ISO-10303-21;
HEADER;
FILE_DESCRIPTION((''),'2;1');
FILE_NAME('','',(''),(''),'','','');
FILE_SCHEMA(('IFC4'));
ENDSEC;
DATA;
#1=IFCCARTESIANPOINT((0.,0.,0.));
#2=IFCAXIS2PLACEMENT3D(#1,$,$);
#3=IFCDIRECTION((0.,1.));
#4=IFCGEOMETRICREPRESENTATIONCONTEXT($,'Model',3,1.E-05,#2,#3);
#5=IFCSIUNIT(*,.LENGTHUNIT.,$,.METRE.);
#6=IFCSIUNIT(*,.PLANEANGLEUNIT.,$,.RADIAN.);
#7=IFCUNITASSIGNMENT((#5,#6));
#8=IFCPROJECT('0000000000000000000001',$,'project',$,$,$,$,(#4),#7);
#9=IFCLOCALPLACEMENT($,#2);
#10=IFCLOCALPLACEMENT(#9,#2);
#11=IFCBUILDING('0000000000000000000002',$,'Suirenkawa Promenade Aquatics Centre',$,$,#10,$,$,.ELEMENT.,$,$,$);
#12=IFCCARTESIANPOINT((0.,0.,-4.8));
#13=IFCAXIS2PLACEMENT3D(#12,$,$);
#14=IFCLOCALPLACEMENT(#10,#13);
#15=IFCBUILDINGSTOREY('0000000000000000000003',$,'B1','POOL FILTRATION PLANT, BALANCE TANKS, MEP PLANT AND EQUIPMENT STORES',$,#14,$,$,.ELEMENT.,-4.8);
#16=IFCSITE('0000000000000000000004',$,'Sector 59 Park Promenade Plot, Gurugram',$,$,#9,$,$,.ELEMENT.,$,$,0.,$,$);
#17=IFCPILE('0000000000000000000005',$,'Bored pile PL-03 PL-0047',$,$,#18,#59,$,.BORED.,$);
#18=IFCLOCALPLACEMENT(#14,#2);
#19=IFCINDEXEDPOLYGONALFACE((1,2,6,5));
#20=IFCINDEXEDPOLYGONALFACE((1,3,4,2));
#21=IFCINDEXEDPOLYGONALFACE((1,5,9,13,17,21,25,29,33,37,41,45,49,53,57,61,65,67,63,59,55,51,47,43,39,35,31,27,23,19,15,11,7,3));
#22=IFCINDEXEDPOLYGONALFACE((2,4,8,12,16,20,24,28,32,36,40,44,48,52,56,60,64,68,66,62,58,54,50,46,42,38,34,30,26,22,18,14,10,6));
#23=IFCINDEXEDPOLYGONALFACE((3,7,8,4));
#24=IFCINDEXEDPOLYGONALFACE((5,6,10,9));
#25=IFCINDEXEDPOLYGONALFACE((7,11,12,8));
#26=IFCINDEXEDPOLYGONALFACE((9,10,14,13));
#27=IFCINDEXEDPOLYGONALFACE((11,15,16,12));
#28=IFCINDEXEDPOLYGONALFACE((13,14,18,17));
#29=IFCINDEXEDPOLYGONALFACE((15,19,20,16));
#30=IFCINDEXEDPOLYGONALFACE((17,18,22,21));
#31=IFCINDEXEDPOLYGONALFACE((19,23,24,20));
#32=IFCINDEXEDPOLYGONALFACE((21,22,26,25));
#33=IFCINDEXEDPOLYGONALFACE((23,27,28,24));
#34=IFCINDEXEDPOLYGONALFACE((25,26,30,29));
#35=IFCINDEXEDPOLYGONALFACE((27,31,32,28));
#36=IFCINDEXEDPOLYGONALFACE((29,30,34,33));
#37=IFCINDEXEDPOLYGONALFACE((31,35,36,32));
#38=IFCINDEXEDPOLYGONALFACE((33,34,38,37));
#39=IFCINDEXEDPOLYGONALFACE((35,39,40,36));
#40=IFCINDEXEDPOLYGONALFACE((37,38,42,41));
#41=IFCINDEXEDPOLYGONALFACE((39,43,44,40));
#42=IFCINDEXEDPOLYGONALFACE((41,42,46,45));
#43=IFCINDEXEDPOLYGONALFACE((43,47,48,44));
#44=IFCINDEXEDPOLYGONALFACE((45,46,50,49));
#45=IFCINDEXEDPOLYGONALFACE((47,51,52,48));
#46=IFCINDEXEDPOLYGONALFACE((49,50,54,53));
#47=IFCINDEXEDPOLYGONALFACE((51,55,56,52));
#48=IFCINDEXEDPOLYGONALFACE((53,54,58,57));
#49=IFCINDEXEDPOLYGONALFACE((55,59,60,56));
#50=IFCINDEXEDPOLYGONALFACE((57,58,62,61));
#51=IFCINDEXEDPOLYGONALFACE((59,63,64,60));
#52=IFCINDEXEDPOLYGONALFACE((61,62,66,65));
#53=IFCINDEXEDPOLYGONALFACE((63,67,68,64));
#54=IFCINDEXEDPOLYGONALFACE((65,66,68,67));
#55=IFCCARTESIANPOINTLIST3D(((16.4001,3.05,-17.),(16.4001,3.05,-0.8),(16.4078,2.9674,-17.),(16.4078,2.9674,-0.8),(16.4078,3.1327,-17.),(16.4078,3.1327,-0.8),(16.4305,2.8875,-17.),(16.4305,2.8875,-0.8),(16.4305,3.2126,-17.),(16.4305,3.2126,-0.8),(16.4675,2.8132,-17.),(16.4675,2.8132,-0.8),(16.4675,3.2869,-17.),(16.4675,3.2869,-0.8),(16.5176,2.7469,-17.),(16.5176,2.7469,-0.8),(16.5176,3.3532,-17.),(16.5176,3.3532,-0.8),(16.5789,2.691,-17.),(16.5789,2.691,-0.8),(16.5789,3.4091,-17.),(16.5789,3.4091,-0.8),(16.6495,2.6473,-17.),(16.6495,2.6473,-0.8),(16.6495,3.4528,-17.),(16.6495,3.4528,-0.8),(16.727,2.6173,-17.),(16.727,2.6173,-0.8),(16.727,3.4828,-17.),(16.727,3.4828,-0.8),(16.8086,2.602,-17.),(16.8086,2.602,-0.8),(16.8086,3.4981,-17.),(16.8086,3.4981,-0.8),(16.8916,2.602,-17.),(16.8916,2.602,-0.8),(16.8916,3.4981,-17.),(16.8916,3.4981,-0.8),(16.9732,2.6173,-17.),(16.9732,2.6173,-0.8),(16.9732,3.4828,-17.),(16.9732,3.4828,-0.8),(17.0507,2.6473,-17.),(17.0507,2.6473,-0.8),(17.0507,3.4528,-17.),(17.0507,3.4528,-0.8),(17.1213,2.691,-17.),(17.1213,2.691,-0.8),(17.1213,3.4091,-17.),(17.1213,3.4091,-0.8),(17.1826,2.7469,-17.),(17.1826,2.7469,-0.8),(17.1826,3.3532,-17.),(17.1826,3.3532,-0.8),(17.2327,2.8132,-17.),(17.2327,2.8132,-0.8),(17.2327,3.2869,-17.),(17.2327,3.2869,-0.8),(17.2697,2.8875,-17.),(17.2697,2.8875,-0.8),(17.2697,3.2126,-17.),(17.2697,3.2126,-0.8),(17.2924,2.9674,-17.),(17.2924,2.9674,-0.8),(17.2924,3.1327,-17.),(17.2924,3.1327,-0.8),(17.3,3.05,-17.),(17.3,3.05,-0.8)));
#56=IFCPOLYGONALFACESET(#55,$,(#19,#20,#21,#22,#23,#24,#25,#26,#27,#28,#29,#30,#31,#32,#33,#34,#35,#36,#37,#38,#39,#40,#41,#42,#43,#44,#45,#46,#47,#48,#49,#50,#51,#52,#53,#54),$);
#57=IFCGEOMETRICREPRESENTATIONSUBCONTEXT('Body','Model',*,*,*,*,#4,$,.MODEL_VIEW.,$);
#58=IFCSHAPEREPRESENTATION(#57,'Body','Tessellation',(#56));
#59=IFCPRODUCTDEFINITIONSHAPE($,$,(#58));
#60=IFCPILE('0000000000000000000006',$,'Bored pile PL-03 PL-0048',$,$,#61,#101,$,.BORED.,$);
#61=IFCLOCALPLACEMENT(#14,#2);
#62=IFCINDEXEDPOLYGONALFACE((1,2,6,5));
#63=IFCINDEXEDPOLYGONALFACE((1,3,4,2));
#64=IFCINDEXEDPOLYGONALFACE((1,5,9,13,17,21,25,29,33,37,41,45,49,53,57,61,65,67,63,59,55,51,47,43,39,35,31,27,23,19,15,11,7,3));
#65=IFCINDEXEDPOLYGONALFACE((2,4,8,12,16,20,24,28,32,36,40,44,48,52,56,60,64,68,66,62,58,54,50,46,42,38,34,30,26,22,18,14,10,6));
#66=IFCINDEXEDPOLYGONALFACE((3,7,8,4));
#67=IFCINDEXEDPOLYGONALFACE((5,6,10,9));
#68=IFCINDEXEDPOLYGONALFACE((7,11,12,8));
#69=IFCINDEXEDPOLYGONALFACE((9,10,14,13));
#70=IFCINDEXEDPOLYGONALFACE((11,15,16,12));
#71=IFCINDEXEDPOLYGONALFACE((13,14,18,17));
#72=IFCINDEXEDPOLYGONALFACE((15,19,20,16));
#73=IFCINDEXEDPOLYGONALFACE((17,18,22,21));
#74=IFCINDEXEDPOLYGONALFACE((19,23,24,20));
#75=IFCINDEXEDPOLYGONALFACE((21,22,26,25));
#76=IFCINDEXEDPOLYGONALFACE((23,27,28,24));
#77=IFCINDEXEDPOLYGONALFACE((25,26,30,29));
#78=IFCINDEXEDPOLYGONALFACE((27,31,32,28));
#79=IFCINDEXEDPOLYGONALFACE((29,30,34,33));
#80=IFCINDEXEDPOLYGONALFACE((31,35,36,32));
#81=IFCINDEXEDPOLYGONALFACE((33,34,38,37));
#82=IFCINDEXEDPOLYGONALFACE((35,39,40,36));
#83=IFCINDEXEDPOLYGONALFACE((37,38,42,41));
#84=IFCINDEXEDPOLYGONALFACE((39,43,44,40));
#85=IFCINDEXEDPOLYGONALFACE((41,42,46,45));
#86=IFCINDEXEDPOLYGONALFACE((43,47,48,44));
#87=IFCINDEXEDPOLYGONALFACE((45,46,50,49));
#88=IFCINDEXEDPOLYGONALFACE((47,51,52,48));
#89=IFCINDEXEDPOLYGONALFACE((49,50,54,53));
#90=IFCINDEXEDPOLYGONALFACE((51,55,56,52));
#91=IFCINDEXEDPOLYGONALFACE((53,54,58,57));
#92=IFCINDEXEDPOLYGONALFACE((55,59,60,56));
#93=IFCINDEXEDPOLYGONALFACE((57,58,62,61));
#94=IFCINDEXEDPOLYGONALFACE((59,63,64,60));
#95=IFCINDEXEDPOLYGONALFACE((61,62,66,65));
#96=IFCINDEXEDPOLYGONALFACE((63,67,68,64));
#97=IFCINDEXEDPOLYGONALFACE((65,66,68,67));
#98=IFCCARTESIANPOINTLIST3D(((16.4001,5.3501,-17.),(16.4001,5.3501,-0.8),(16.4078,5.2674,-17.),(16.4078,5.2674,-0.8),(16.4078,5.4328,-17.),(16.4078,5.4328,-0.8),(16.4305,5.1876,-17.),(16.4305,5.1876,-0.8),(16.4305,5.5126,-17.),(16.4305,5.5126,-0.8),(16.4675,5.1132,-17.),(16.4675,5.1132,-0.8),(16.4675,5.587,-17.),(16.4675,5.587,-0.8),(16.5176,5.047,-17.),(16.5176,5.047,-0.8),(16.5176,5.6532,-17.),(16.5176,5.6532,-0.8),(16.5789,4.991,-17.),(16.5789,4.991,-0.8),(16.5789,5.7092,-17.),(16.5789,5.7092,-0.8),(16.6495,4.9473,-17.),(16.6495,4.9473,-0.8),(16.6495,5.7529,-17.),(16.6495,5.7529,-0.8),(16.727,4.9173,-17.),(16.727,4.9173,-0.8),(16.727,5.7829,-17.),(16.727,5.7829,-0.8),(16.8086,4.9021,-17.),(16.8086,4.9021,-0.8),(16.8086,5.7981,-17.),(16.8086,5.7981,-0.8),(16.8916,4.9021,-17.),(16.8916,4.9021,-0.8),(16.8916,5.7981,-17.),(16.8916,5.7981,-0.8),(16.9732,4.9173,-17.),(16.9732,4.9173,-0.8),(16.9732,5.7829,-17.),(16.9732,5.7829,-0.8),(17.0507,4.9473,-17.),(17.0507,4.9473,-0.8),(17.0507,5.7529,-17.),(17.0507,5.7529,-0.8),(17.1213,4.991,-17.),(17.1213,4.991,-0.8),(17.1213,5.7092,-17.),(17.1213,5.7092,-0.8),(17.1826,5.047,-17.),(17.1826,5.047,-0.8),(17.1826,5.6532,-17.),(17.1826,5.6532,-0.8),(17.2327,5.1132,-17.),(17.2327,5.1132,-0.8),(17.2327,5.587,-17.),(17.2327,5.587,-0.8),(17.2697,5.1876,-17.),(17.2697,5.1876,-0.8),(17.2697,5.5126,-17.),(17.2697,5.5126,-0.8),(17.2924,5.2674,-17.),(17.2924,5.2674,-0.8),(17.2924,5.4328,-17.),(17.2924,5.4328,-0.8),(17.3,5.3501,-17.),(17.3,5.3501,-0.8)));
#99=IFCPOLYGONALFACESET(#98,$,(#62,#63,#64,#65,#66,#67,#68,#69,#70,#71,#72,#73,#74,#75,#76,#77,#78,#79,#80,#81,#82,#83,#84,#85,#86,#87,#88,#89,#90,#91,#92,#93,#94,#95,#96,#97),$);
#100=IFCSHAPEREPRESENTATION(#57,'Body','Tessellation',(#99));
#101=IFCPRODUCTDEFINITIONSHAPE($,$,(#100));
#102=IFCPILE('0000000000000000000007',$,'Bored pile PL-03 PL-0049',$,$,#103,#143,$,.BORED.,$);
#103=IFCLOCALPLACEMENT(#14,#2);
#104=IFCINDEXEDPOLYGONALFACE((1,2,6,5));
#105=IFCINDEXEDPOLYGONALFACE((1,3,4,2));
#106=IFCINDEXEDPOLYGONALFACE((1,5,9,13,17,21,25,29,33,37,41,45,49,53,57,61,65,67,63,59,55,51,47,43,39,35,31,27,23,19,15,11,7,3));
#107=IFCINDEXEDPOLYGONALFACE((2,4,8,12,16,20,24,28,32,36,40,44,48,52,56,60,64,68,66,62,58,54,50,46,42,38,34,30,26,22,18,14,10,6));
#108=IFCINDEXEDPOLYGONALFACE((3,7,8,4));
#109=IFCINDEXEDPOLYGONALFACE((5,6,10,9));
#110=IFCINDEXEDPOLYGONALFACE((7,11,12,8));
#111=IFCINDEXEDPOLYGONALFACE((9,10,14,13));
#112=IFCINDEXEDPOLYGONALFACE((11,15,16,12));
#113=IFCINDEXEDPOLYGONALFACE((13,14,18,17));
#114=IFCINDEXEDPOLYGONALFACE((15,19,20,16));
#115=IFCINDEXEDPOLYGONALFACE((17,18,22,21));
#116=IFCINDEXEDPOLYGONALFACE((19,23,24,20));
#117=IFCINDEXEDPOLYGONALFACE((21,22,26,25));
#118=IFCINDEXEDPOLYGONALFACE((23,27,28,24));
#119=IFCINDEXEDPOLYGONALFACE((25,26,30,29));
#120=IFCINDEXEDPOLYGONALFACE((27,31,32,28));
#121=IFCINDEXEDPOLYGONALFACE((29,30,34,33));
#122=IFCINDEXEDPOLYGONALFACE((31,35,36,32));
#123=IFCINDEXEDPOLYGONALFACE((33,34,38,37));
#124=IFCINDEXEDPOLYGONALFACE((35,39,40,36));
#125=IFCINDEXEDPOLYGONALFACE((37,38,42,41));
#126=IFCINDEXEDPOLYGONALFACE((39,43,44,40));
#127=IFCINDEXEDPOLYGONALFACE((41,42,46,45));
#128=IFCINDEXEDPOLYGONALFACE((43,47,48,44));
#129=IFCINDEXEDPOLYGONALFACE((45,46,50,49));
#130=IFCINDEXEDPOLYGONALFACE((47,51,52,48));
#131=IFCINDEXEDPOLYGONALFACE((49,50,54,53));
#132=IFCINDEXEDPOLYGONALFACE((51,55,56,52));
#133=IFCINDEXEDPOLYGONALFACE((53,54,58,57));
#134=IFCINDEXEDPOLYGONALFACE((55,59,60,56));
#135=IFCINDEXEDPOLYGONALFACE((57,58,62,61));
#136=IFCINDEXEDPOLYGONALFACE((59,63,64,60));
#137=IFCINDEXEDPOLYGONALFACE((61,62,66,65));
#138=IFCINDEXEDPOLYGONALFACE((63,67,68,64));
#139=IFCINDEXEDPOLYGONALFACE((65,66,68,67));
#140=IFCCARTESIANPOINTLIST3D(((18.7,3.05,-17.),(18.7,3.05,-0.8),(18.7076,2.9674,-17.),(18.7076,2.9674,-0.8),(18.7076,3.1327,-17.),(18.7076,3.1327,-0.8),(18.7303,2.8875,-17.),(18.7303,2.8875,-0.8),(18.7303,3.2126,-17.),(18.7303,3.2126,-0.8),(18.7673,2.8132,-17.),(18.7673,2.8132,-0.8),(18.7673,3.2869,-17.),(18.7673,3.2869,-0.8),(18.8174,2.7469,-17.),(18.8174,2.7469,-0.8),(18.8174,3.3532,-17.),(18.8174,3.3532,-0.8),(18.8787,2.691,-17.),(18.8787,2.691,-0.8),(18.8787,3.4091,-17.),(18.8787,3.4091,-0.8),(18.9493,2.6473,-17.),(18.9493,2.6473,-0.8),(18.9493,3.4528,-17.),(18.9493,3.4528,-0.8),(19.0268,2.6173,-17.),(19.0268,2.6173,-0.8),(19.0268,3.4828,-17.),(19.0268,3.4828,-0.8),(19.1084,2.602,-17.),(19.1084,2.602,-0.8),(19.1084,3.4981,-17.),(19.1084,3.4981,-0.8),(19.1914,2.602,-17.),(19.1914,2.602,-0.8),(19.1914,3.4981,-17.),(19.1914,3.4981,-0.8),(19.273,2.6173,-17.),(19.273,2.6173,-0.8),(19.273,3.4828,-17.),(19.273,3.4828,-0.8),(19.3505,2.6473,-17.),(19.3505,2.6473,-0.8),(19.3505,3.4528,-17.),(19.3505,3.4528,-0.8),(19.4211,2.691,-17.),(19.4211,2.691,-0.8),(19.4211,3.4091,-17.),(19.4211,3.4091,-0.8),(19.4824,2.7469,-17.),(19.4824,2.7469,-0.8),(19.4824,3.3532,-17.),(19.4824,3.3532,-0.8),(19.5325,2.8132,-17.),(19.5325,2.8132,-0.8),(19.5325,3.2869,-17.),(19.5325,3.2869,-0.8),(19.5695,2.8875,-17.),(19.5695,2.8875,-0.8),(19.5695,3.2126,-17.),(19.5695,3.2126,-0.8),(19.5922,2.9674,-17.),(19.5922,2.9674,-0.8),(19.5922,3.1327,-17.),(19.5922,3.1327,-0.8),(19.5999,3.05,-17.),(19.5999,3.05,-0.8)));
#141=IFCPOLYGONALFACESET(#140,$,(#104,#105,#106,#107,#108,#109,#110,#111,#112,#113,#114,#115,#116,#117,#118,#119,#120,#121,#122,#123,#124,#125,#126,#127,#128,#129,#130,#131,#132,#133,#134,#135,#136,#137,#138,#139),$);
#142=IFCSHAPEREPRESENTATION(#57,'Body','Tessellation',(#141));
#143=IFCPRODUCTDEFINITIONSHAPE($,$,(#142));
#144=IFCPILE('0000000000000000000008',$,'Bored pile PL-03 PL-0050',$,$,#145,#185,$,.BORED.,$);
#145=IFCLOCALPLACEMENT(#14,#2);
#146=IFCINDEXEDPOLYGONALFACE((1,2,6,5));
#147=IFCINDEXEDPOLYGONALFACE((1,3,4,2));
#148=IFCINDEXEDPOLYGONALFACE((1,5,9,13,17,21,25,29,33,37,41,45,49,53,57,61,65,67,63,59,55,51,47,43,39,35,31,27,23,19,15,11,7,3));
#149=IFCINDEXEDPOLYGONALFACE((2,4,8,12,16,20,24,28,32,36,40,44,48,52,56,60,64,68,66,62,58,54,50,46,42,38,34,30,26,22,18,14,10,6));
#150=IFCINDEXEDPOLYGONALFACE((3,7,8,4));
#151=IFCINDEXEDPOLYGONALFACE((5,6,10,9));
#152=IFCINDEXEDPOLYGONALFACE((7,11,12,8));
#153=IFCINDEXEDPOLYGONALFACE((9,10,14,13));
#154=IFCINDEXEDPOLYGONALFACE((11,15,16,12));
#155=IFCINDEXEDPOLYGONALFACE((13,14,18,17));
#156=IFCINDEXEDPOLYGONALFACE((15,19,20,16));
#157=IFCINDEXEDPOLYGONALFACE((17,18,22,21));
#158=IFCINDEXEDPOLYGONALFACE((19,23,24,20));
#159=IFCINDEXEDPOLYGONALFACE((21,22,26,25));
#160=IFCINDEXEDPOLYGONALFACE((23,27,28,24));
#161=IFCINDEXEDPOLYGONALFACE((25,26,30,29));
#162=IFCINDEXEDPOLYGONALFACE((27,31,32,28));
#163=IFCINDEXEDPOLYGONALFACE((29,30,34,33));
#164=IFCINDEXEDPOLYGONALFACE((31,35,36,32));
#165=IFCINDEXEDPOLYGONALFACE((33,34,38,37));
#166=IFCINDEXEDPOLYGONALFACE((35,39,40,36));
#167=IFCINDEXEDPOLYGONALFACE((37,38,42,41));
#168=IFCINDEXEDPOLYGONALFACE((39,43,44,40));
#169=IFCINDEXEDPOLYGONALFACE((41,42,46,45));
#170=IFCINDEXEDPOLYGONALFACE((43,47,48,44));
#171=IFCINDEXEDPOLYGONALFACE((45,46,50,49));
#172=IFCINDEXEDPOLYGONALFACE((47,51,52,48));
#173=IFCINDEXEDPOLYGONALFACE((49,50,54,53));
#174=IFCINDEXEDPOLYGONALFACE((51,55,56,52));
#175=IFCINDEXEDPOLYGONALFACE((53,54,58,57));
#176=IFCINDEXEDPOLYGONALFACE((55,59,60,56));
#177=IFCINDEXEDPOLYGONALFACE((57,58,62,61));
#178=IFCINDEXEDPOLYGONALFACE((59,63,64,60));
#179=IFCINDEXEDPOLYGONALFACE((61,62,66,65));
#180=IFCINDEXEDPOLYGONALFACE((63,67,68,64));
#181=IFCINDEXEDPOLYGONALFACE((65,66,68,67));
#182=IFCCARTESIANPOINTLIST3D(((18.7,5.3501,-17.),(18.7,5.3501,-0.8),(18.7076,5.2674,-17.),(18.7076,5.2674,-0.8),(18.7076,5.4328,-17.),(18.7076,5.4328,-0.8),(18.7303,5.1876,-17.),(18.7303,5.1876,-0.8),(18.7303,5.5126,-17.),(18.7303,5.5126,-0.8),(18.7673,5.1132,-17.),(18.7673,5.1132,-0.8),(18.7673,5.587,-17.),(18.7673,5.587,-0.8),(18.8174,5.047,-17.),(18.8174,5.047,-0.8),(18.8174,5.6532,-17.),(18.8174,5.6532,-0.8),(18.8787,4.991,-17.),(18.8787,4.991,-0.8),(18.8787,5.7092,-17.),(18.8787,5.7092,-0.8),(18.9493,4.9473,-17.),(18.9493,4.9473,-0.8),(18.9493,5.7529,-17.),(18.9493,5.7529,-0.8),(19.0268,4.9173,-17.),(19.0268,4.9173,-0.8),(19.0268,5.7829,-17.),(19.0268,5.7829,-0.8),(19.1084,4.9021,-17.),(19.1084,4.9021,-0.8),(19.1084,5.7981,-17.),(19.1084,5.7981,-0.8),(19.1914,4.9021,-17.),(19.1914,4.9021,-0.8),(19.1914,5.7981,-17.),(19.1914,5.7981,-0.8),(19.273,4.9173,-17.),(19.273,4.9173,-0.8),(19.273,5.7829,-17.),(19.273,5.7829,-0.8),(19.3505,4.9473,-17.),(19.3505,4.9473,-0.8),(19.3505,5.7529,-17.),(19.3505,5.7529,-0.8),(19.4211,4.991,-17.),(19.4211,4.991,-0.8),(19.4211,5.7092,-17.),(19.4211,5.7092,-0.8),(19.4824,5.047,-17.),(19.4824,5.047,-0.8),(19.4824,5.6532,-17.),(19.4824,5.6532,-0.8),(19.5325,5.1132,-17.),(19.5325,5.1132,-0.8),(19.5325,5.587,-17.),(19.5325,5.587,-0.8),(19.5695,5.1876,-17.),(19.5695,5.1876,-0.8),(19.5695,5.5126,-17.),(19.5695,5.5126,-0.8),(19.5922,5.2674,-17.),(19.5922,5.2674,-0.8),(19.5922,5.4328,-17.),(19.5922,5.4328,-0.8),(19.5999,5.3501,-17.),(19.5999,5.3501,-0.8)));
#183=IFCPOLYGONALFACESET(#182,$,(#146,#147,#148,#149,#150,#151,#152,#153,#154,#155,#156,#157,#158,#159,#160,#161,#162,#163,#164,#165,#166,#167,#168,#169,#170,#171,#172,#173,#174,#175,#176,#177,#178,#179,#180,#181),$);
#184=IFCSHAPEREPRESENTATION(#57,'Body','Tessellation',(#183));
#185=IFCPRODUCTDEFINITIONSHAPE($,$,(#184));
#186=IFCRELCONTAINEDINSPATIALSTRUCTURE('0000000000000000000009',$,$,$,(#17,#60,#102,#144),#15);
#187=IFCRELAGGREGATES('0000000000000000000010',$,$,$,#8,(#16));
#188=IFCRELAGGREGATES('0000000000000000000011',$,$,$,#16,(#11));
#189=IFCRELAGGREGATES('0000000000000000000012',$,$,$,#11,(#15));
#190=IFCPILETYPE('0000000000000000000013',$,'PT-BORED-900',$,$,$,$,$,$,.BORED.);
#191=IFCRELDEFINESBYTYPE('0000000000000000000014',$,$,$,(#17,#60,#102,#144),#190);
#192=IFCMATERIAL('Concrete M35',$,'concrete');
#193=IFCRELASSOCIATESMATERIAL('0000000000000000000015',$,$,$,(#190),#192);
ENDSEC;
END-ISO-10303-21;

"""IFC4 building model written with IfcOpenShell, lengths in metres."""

from ifc_helpers import new_model, si_unit, direction, frame, origin, origin_2d, place, context, subcontext, project, spatial, circle, extrude, material, material_profile, profile_set, type_object, element, save


model = new_model("IFC4")

# Units and contexts
model_context = context("Model", 3, precision=1e-05, world=origin(), true_north=direction((0.0, 1.0)))
body_context = subcontext(model_context, "Body", "Model", "MODEL_VIEW")
ifc_project = project(units=[si_unit("LENGTHUNIT", "METRE"), si_unit("PLANEANGLEUNIT", "RADIAN")], contexts=[model_context])

# Site, building, storey
site_placement = place(None, origin())
site = spatial("IfcSite", under=ifc_project, at=site_placement, Name="Sector 59 Park Promenade Plot, Gurugram", CompositionType="ELEMENT", RefElevation=0.0)
building_placement = place(site_placement, origin())
building = spatial("IfcBuilding", under=site, at=building_placement, Name="Suirenkawa Promenade Aquatics Centre", CompositionType="ELEMENT")
storey_placement = place(building_placement, frame((0.0, 0.0, -4.8)))
storey = spatial("IfcBuildingStorey", under=building, at=storey_placement, Name="B1", Description="POOL FILTRATION PLANT, BALANCE TANKS, MEP PLANT AND EQUIPMENT STORES", CompositionType="ELEMENT", Elevation=-4.8)

# Shared definitions
ifc_material_1 = material(Name="Concrete M35", Category="concrete")

# Piles
ifc_material_profile_1 = material_profile(ifc_material_1, circle(Radius=0.45, at=origin_2d()), Name="PILE D900", Category="concrete")
ifc_profile_set_1 = profile_set([ifc_material_profile_1], Name="Concrete M35")
pile_type_1 = type_object("IfcPileType", Name="PT-BORED-900", PredefinedType="BORED", material=ifc_profile_set_1)
for number, where, z_axis, x_axis, name in (
    (1, (16.8501, 3.05, -0.8), (0.0, 0.0, -1.0), (1.0, 0.0, 0.0), "Bored pile PL-03 PL-0047"),
    (2, (16.8501, 5.3501, -0.8), (0.0, 0.0, -1.0), (1.0, 0.0, 0.0), "Bored pile PL-03 PL-0048"),
    (3, (19.1499, 3.05, -0.8), (0.0, 0.0, -1.0), (1.0, 0.0, 0.0), "Bored pile PL-03 PL-0049"),
    (4, (19.1499, 5.3501, -0.8), (0.0, 0.0, -1.0), (1.0, 0.0, 0.0), "Bored pile PL-03 PL-0050"),
):
    element("IfcPile", number, at=place(storey_placement, frame(where, z_axis=z_axis, x_axis=x_axis)), inside=storey, type_object=pile_type_1, Name=name, PredefinedType="BORED", context=body_context, shape_type="SweptSolid", body=[
        extrude(circle(Radius=0.45, at=origin_2d()), origin(), (0.0, 0.0, 1.0), 16.2),
    ])

save(model, "model.ifc")
